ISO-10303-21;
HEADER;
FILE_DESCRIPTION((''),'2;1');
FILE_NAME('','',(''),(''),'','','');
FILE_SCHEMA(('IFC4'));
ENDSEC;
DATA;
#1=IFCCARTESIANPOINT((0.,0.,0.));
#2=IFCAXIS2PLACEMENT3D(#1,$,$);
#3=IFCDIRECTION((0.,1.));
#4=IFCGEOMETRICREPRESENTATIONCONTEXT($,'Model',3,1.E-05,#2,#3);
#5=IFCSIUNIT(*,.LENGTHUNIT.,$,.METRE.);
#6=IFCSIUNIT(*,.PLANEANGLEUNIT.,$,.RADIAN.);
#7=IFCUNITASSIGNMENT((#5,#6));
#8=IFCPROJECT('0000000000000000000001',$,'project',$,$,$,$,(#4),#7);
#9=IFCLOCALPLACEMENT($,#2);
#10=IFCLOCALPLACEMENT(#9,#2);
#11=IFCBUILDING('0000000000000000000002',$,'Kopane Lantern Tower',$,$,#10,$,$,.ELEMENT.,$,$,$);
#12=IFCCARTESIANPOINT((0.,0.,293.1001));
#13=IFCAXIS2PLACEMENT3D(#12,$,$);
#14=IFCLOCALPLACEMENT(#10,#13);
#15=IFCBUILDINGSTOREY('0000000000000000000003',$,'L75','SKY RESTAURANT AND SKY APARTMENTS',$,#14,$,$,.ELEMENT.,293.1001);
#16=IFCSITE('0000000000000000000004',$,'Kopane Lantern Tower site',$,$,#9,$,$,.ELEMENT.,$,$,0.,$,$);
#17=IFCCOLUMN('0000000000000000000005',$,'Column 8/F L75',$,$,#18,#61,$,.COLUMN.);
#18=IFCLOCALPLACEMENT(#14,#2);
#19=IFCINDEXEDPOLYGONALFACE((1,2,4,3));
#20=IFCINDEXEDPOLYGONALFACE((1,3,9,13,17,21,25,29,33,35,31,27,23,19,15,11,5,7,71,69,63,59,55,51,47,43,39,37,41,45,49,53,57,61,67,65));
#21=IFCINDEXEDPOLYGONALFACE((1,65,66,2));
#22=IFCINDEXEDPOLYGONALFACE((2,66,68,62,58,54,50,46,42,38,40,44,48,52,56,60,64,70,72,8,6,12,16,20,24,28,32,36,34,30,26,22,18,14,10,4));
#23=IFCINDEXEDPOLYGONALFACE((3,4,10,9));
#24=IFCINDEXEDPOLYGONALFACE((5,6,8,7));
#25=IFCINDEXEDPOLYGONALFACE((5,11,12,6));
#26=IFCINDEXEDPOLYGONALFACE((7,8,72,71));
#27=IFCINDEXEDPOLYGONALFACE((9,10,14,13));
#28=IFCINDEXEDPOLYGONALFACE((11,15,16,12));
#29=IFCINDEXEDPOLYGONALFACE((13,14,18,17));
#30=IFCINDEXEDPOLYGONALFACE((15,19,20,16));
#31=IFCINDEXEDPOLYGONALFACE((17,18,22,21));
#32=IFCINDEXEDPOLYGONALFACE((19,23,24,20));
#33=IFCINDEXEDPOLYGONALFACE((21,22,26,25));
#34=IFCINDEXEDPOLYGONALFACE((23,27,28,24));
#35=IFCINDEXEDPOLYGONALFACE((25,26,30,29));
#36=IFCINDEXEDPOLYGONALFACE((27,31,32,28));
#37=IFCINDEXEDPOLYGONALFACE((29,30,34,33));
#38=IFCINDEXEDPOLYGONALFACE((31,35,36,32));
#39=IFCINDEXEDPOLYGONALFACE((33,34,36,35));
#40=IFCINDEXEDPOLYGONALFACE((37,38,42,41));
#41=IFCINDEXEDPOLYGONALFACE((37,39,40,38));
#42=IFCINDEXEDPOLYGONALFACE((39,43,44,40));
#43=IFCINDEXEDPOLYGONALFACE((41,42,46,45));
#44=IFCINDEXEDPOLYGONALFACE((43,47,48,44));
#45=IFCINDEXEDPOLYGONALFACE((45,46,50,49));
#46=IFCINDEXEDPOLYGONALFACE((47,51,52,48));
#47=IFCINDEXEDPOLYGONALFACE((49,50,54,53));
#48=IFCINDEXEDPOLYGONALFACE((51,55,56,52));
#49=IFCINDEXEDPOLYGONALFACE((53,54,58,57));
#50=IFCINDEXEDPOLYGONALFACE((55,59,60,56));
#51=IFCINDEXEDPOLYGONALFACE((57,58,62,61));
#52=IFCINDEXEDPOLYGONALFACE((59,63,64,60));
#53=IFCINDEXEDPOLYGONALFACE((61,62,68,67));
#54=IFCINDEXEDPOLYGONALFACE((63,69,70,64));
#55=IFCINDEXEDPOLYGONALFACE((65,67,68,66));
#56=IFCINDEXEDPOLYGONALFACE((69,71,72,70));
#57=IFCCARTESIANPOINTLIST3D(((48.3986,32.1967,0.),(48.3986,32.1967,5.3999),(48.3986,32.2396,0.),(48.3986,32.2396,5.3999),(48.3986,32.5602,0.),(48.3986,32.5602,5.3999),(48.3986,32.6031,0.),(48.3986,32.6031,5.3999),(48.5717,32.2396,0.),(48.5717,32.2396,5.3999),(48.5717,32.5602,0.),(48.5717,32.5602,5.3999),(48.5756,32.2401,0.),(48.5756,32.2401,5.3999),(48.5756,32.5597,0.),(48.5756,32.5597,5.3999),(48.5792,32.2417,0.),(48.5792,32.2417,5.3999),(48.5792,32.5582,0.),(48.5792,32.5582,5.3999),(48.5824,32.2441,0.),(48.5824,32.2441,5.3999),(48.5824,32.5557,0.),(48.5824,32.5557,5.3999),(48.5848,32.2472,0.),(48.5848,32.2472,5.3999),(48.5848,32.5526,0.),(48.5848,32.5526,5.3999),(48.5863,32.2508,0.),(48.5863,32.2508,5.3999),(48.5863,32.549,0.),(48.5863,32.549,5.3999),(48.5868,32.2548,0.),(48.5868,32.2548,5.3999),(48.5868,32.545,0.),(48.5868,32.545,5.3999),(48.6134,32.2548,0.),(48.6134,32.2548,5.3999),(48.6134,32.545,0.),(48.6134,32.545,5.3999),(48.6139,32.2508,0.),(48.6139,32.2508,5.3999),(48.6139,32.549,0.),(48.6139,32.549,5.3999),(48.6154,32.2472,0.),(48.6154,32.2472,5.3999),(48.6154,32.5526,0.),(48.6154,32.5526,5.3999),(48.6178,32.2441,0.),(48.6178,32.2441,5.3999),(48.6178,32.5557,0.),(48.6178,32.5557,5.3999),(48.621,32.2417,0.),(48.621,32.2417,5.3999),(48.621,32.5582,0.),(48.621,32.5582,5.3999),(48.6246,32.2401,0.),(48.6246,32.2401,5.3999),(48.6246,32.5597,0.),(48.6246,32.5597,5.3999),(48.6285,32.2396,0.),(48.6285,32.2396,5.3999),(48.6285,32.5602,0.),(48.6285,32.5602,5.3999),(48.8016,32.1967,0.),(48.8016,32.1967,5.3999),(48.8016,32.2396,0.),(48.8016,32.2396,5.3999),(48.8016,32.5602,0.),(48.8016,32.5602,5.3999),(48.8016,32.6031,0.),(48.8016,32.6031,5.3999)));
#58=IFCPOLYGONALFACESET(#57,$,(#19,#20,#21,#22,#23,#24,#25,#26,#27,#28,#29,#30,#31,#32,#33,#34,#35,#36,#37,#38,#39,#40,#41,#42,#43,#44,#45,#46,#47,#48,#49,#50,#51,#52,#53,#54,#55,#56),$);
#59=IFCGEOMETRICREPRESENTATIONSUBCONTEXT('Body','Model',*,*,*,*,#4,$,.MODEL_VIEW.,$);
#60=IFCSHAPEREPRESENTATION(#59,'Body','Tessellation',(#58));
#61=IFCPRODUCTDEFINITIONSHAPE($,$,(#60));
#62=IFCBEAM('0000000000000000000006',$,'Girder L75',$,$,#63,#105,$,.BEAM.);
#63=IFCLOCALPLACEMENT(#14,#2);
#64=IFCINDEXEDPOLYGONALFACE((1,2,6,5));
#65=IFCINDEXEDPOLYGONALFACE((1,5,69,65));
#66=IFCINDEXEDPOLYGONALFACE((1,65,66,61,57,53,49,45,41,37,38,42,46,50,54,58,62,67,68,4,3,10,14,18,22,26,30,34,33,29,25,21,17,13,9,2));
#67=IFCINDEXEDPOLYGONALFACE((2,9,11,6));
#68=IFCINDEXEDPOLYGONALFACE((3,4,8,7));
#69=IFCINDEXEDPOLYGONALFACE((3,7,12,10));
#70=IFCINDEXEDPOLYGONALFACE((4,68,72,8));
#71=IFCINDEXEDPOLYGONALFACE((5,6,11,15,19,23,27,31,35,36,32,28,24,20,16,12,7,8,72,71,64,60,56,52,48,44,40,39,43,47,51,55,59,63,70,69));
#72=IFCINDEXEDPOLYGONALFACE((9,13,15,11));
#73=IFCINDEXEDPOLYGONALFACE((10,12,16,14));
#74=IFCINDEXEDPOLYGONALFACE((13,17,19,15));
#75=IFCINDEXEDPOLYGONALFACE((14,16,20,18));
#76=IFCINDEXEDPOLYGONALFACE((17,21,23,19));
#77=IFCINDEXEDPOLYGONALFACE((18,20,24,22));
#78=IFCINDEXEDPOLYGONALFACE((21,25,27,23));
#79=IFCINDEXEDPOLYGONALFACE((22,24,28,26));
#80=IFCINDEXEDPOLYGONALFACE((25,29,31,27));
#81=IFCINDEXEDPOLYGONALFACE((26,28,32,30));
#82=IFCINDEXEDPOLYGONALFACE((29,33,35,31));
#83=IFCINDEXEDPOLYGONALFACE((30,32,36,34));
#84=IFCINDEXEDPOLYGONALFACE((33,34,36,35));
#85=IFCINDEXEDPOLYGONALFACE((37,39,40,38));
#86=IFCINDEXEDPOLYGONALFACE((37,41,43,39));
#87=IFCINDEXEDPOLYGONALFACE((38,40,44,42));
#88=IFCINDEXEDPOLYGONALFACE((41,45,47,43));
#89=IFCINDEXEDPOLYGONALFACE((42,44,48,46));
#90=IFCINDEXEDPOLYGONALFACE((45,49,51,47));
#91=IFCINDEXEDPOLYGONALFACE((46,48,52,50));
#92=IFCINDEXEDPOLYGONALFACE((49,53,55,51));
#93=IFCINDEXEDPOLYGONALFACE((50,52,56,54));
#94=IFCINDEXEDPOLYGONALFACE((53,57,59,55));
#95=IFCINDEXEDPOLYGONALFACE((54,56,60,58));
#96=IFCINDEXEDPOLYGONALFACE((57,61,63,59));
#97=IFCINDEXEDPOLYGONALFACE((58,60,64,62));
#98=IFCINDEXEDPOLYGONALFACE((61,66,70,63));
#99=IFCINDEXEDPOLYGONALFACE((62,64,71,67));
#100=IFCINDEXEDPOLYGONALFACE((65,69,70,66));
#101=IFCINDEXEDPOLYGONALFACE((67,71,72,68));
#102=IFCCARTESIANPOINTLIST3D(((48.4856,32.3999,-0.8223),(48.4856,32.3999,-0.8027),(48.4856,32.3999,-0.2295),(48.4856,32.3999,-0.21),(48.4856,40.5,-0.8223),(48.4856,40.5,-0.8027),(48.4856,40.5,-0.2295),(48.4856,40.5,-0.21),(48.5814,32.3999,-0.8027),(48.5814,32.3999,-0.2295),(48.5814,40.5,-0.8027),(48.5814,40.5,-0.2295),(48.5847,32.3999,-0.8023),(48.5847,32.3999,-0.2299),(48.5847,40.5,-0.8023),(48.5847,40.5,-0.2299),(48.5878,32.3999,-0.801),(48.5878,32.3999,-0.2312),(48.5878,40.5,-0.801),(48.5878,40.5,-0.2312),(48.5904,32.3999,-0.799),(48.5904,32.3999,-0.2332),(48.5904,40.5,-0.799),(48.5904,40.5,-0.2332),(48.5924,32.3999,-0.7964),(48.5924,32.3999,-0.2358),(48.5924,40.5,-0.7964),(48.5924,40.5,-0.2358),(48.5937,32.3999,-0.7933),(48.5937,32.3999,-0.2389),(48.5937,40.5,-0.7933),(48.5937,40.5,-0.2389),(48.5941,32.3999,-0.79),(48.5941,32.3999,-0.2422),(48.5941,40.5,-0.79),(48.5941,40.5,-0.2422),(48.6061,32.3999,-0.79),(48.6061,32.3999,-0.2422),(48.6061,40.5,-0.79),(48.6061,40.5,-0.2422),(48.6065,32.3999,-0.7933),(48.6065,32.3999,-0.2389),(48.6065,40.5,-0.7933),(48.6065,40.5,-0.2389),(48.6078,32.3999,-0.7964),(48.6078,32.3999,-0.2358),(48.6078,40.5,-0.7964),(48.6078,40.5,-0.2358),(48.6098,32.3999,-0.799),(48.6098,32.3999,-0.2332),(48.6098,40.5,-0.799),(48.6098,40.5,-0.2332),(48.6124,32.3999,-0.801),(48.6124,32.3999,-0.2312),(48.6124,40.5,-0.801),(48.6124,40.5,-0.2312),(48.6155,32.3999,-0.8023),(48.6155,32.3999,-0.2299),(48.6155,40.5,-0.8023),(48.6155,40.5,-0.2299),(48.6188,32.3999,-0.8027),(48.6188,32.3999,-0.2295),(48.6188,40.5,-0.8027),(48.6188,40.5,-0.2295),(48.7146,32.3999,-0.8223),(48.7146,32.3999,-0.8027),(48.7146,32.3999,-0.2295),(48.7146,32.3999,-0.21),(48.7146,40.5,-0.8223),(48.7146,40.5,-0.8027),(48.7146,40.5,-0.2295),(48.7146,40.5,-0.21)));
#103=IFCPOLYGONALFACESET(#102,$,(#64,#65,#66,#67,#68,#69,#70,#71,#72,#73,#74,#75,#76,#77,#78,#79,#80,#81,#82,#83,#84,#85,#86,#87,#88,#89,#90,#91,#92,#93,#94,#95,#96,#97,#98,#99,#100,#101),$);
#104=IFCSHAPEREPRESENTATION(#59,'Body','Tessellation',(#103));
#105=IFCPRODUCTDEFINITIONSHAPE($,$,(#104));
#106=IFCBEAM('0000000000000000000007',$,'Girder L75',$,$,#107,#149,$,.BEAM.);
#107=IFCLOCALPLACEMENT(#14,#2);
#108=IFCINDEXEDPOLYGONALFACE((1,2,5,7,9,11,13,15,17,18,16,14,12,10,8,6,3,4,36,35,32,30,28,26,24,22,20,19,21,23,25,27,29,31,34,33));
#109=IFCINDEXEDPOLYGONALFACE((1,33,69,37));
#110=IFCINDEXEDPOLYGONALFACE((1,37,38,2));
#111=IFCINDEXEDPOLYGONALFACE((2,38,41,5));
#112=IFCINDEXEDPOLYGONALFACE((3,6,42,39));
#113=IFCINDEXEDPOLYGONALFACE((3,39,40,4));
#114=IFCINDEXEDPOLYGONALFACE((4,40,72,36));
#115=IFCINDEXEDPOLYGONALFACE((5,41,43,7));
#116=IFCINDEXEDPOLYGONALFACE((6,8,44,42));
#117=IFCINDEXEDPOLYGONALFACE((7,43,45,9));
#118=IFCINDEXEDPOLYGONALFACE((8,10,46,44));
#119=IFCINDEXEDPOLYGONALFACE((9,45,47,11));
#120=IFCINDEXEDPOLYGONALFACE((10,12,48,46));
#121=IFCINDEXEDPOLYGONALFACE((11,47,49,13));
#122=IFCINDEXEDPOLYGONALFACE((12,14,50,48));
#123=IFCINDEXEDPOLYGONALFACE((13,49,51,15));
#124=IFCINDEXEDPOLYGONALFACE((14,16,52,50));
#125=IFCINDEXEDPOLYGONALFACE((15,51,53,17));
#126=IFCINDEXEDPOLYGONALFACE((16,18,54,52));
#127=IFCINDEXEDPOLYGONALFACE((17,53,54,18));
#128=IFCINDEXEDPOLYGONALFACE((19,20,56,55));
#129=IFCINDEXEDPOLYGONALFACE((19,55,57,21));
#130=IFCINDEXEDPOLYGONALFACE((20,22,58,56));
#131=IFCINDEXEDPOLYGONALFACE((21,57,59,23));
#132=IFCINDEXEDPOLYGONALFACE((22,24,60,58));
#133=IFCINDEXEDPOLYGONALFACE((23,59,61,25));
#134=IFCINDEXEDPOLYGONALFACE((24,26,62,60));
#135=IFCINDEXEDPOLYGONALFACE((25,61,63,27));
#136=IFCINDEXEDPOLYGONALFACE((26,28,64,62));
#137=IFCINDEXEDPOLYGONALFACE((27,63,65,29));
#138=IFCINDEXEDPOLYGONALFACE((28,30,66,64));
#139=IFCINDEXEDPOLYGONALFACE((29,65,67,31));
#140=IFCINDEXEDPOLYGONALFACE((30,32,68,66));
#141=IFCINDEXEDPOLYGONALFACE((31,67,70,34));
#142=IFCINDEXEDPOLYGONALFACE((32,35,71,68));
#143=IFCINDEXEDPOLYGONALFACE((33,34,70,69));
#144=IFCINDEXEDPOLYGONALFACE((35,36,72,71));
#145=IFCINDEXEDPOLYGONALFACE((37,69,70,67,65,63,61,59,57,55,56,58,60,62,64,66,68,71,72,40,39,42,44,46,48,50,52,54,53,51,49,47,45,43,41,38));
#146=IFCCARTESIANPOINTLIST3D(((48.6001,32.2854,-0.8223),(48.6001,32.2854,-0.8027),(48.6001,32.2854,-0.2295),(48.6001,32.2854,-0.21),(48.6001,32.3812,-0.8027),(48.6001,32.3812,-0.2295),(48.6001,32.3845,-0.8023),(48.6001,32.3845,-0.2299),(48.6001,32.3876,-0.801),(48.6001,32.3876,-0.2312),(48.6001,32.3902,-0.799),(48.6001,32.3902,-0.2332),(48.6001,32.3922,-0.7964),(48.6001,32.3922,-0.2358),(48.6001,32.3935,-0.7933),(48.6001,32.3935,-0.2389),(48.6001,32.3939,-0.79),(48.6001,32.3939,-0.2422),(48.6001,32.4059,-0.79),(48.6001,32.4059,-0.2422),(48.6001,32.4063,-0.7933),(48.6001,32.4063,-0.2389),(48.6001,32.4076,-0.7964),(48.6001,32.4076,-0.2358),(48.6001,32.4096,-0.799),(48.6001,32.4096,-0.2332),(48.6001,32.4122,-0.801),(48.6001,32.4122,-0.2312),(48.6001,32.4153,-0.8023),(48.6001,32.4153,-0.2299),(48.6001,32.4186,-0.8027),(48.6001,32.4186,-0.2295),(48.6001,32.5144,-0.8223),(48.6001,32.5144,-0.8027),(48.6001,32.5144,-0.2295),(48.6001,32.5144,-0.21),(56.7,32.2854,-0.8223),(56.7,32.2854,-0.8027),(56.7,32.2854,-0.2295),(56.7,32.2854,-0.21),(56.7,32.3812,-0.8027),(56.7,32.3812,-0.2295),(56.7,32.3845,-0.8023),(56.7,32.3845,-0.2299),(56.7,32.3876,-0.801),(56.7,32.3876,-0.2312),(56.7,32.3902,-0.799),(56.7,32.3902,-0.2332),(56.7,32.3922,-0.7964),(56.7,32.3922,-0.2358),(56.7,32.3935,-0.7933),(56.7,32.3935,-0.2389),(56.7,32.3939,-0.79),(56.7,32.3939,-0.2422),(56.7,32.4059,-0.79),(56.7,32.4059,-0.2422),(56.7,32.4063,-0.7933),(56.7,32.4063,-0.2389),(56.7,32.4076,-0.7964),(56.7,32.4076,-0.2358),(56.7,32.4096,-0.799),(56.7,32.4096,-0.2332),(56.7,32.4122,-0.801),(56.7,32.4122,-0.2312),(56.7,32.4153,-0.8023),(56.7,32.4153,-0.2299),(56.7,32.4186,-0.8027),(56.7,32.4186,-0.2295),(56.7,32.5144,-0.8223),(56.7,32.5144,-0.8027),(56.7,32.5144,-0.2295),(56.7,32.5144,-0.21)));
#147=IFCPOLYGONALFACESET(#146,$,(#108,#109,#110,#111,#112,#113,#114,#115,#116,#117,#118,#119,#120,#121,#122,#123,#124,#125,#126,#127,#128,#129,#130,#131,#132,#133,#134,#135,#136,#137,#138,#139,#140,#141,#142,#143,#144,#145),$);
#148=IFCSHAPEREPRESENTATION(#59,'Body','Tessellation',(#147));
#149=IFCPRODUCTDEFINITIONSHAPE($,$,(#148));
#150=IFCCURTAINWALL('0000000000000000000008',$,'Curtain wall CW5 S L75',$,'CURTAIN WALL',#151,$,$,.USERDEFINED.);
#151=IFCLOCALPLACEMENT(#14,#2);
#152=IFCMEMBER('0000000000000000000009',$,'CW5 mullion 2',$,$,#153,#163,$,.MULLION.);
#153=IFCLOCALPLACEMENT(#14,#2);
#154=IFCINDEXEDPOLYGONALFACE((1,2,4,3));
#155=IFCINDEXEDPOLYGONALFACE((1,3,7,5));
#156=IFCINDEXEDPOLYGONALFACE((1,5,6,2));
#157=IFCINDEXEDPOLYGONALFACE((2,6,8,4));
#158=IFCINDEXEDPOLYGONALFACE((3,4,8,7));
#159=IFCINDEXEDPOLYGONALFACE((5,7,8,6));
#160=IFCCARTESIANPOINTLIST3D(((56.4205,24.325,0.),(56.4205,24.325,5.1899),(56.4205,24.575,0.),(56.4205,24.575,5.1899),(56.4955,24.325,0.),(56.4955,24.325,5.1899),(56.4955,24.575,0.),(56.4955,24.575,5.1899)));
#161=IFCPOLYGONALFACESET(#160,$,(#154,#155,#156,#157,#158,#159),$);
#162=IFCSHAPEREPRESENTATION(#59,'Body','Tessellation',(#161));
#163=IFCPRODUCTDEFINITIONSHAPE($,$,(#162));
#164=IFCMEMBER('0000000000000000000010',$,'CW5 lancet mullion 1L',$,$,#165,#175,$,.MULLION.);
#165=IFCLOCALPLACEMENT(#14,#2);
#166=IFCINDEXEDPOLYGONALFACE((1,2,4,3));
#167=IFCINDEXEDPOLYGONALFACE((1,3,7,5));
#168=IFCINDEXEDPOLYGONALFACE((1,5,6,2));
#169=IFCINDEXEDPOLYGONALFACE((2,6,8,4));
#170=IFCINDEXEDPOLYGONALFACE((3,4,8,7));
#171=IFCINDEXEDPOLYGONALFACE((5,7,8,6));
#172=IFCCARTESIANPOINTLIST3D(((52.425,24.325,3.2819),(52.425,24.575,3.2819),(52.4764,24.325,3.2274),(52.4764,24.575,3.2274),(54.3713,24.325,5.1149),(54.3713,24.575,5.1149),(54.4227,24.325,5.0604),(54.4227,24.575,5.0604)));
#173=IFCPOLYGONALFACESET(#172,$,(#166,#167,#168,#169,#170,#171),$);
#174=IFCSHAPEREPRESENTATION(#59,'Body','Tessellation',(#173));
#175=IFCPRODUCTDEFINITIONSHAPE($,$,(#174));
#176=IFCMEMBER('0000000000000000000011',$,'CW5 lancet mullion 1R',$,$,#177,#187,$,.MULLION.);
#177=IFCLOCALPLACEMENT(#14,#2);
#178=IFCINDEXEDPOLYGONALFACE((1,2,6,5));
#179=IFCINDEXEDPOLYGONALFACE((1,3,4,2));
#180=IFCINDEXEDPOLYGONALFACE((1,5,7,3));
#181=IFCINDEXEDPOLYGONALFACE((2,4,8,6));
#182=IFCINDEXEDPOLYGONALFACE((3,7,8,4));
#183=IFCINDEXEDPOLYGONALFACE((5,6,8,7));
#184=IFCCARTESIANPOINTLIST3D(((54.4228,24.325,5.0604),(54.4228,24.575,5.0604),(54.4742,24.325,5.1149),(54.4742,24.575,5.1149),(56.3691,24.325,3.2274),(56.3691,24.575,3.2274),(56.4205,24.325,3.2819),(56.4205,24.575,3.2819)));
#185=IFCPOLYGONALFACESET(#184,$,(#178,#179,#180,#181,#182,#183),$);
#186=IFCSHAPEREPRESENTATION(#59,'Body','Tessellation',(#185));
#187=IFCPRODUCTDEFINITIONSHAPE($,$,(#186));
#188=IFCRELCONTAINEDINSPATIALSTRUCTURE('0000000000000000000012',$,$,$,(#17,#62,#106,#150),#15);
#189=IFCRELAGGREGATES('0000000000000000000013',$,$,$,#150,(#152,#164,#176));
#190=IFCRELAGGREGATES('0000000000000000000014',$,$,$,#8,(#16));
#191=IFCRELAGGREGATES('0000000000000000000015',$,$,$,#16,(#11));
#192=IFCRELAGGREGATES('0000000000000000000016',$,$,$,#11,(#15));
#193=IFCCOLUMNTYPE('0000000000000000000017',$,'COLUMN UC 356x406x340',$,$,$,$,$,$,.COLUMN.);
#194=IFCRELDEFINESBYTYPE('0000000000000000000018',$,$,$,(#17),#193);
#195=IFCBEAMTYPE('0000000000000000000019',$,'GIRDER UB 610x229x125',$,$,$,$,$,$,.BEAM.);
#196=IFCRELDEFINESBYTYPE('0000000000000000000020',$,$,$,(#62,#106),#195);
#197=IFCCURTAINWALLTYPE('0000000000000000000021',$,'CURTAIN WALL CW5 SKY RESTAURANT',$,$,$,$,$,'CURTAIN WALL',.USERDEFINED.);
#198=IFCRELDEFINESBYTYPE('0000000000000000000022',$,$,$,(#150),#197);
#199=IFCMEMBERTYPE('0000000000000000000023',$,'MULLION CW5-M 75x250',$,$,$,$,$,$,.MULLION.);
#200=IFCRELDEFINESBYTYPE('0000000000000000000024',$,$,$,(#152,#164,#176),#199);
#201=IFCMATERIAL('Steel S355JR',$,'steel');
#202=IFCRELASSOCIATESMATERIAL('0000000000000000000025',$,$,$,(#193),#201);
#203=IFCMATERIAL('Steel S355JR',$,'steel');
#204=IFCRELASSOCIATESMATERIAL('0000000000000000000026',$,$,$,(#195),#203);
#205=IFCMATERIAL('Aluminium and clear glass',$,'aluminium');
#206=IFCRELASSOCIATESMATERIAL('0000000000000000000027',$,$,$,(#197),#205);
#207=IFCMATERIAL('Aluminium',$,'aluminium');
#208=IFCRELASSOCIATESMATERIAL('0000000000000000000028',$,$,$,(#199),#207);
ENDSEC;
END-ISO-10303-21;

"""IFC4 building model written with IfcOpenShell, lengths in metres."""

from ifc_helpers import new_model, si_unit, direction, frame, origin, origin_2d, place, context, subcontext, project, spatial, rectangle, i_section, extrude, material, material_profile, profile_set, type_object, element, aggregate, save


model = new_model("IFC4")

# Units and contexts
model_context = context("Model", 3, precision=1e-05, world=origin(), true_north=direction((0.0, 1.0)))
body_context = subcontext(model_context, "Body", "Model", "MODEL_VIEW")
ifc_project = project(units=[si_unit("LENGTHUNIT", "METRE"), si_unit("PLANEANGLEUNIT", "RADIAN")], contexts=[model_context])

# Site, building, storey
site_placement = place(None, origin())
site = spatial("IfcSite", under=ifc_project, at=site_placement, Name="Kopane Lantern Tower site", CompositionType="ELEMENT", RefElevation=0.0)
building_placement = place(site_placement, origin())
building = spatial("IfcBuilding", under=site, at=building_placement, Name="Kopane Lantern Tower", CompositionType="ELEMENT")
storey_placement = place(building_placement, frame((0.0, 0.0, 293.1001)))
storey = spatial("IfcBuildingStorey", under=building, at=storey_placement, Name="L75", Description="SKY RESTAURANT AND SKY APARTMENTS", CompositionType="ELEMENT", Elevation=293.1001)

# Column
ifc_material_1 = material(Name="Steel S355JR", Category="steel")
ifc_material_profile_1 = material_profile(ifc_material_1, i_section(OverallWidth=0.4031, OverallDepth=0.4065, WebThickness=0.0266, FlangeThickness=0.043, FilletRadius=0.0151, at=origin_2d()), Name="UC 356x406x340")
ifc_profile_set_1 = profile_set([ifc_material_profile_1], Name="Steel S355JR")
column_type = type_object("IfcColumnType", Name="COLUMN UC 356x406x340", PredefinedType="COLUMN", material=ifc_profile_set_1)
column_placement = place(storey_placement, frame((48.6001, 32.3999, 0.0), z_axis=(0.0, 0.0, 1.0), x_axis=(1.0, 0.0, 0.0)))
element("IfcColumn", 1, at=column_placement, inside=storey, type_object=column_type, Name="Column 8/F L75", PredefinedType="COLUMN", context=body_context, shape_type="SweptSolid", body=[
    extrude(i_section(OverallWidth=0.4031, OverallDepth=0.4065, WebThickness=0.0266, FlangeThickness=0.043, FilletRadius=0.0151, at=origin_2d()), origin(), (0.0, 0.0, 1.0), 5.3999),
])

# Beams
ifc_material_2 = material(Name="Steel S355JR", Category="steel")
ifc_material_profile_2 = material_profile(ifc_material_2, i_section(OverallWidth=0.229, OverallDepth=0.6123, WebThickness=0.012, FlangeThickness=0.0195, FilletRadius=0.0127, at=origin_2d()), Name="UB 610x229x125")
ifc_profile_set_2 = profile_set([ifc_material_profile_2], Name="Steel S355JR")
beam_type = type_object("IfcBeamType", Name="GIRDER UB 610x229x125", PredefinedType="BEAM", material=ifc_profile_set_2)
beam_1_placement = place(storey_placement, frame((48.6001, 32.3999, -0.5161), z_axis=(0.0, 1.0, 0.0), x_axis=(-1.0, 0.0, 0.0)))
element("IfcBeam", 2, at=beam_1_placement, inside=storey, type_object=beam_type, Name="Girder L75", PredefinedType="BEAM", context=body_context, shape_type="SweptSolid", body=[
    extrude(i_section(OverallWidth=0.229, OverallDepth=0.6123, WebThickness=0.012, FlangeThickness=0.0195, FilletRadius=0.0127, at=origin_2d()), origin(), (0.0, 0.0, 1.0), 8.1001),
])
beam_2_placement = place(storey_placement, frame((48.6001, 32.3999, -0.5161), z_axis=(1.0, 0.0, 0.0), x_axis=(0.0, 1.0, 0.0)))
element("IfcBeam", 3, at=beam_2_placement, inside=storey, type_object=beam_type, Name="Girder L75", PredefinedType="BEAM", context=body_context, shape_type="SweptSolid", body=[
    extrude(i_section(OverallWidth=0.229, OverallDepth=0.6123, WebThickness=0.012, FlangeThickness=0.0195, FilletRadius=0.0127, at=origin_2d()), origin(), (0.0, 0.0, 1.0), 8.0999),
])

# Curtain wall, members
ifc_material_3 = material(Name="Aluminium and clear glass", Category="aluminium")
curtain_wall_type = type_object("IfcCurtainWallType", Name="CURTAIN WALL CW5 SKY RESTAURANT", ElementType="CURTAIN WALL", PredefinedType="USERDEFINED", material=ifc_material_3)
curtain_wall_1_placement = place(storey_placement, origin())
curtain_wall_1 = element("IfcCurtainWall", 4, at=curtain_wall_1_placement, inside=storey, type_object=curtain_wall_type, Name="Curtain wall CW5 S L75", ObjectType="CURTAIN WALL", PredefinedType="USERDEFINED")
ifc_material_4 = material(Name="Aluminium", Category="aluminium")
ifc_material_profile_3 = material_profile(ifc_material_4, rectangle(XDim=0.075, YDim=0.25, at=origin_2d()), Name="AL 75x250")
ifc_profile_set_3 = profile_set([ifc_material_profile_3], Name="Aluminium")
member_type_1 = type_object("IfcMemberType", Name="MULLION CW5-M 75x250", PredefinedType="MULLION", material=ifc_profile_set_3)
member_1_placement = place(storey_placement, frame((56.458, 24.45, 0.0), z_axis=(0.0, 0.0, 1.0), x_axis=(1.0, 0.0, 0.0)))
member_1 = element("IfcMember", 5, at=member_1_placement, type_object=member_type_1, Name="CW5 mullion 2", PredefinedType="MULLION", context=body_context, shape_type="SweptSolid", body=[
    extrude(rectangle(XDim=0.075, YDim=0.25, at=origin_2d()), origin(), (0.0, 0.0, 1.0), 5.1899),
])
member_2_placement = place(storey_placement, frame((52.4507, 24.45, 3.2546), z_axis=(0.727975, 0.0, 0.685604), x_axis=(-0.685604, 0.0, 0.727975)))
member_2 = element("IfcMember", 6, at=member_2_placement, type_object=member_type_1, Name="CW5 lancet mullion 1L", PredefinedType="MULLION", context=body_context, shape_type="SweptSolid", body=[
    extrude(rectangle(XDim=0.075, YDim=0.25, at=origin_2d()), origin(), (0.0, 0.0, 1.0), 2.6736),
])
member_3_placement = place(storey_placement, frame((56.3948, 24.45, 3.2546), z_axis=(-0.727975, 0.0, 0.685604), x_axis=(0.685604, 0.0, 0.727975)))
member_3 = element("IfcMember", 7, at=member_3_placement, type_object=member_type_1, Name="CW5 lancet mullion 1R", PredefinedType="MULLION", context=body_context, shape_type="SweptSolid", body=[
    extrude(rectangle(XDim=0.075, YDim=0.25, at=origin_2d()), origin(), (0.0, 0.0, 1.0), 2.6736),
])

aggregate(curtain_wall_1, [member_1, member_2, member_3])

save(model, "model.ifc")
